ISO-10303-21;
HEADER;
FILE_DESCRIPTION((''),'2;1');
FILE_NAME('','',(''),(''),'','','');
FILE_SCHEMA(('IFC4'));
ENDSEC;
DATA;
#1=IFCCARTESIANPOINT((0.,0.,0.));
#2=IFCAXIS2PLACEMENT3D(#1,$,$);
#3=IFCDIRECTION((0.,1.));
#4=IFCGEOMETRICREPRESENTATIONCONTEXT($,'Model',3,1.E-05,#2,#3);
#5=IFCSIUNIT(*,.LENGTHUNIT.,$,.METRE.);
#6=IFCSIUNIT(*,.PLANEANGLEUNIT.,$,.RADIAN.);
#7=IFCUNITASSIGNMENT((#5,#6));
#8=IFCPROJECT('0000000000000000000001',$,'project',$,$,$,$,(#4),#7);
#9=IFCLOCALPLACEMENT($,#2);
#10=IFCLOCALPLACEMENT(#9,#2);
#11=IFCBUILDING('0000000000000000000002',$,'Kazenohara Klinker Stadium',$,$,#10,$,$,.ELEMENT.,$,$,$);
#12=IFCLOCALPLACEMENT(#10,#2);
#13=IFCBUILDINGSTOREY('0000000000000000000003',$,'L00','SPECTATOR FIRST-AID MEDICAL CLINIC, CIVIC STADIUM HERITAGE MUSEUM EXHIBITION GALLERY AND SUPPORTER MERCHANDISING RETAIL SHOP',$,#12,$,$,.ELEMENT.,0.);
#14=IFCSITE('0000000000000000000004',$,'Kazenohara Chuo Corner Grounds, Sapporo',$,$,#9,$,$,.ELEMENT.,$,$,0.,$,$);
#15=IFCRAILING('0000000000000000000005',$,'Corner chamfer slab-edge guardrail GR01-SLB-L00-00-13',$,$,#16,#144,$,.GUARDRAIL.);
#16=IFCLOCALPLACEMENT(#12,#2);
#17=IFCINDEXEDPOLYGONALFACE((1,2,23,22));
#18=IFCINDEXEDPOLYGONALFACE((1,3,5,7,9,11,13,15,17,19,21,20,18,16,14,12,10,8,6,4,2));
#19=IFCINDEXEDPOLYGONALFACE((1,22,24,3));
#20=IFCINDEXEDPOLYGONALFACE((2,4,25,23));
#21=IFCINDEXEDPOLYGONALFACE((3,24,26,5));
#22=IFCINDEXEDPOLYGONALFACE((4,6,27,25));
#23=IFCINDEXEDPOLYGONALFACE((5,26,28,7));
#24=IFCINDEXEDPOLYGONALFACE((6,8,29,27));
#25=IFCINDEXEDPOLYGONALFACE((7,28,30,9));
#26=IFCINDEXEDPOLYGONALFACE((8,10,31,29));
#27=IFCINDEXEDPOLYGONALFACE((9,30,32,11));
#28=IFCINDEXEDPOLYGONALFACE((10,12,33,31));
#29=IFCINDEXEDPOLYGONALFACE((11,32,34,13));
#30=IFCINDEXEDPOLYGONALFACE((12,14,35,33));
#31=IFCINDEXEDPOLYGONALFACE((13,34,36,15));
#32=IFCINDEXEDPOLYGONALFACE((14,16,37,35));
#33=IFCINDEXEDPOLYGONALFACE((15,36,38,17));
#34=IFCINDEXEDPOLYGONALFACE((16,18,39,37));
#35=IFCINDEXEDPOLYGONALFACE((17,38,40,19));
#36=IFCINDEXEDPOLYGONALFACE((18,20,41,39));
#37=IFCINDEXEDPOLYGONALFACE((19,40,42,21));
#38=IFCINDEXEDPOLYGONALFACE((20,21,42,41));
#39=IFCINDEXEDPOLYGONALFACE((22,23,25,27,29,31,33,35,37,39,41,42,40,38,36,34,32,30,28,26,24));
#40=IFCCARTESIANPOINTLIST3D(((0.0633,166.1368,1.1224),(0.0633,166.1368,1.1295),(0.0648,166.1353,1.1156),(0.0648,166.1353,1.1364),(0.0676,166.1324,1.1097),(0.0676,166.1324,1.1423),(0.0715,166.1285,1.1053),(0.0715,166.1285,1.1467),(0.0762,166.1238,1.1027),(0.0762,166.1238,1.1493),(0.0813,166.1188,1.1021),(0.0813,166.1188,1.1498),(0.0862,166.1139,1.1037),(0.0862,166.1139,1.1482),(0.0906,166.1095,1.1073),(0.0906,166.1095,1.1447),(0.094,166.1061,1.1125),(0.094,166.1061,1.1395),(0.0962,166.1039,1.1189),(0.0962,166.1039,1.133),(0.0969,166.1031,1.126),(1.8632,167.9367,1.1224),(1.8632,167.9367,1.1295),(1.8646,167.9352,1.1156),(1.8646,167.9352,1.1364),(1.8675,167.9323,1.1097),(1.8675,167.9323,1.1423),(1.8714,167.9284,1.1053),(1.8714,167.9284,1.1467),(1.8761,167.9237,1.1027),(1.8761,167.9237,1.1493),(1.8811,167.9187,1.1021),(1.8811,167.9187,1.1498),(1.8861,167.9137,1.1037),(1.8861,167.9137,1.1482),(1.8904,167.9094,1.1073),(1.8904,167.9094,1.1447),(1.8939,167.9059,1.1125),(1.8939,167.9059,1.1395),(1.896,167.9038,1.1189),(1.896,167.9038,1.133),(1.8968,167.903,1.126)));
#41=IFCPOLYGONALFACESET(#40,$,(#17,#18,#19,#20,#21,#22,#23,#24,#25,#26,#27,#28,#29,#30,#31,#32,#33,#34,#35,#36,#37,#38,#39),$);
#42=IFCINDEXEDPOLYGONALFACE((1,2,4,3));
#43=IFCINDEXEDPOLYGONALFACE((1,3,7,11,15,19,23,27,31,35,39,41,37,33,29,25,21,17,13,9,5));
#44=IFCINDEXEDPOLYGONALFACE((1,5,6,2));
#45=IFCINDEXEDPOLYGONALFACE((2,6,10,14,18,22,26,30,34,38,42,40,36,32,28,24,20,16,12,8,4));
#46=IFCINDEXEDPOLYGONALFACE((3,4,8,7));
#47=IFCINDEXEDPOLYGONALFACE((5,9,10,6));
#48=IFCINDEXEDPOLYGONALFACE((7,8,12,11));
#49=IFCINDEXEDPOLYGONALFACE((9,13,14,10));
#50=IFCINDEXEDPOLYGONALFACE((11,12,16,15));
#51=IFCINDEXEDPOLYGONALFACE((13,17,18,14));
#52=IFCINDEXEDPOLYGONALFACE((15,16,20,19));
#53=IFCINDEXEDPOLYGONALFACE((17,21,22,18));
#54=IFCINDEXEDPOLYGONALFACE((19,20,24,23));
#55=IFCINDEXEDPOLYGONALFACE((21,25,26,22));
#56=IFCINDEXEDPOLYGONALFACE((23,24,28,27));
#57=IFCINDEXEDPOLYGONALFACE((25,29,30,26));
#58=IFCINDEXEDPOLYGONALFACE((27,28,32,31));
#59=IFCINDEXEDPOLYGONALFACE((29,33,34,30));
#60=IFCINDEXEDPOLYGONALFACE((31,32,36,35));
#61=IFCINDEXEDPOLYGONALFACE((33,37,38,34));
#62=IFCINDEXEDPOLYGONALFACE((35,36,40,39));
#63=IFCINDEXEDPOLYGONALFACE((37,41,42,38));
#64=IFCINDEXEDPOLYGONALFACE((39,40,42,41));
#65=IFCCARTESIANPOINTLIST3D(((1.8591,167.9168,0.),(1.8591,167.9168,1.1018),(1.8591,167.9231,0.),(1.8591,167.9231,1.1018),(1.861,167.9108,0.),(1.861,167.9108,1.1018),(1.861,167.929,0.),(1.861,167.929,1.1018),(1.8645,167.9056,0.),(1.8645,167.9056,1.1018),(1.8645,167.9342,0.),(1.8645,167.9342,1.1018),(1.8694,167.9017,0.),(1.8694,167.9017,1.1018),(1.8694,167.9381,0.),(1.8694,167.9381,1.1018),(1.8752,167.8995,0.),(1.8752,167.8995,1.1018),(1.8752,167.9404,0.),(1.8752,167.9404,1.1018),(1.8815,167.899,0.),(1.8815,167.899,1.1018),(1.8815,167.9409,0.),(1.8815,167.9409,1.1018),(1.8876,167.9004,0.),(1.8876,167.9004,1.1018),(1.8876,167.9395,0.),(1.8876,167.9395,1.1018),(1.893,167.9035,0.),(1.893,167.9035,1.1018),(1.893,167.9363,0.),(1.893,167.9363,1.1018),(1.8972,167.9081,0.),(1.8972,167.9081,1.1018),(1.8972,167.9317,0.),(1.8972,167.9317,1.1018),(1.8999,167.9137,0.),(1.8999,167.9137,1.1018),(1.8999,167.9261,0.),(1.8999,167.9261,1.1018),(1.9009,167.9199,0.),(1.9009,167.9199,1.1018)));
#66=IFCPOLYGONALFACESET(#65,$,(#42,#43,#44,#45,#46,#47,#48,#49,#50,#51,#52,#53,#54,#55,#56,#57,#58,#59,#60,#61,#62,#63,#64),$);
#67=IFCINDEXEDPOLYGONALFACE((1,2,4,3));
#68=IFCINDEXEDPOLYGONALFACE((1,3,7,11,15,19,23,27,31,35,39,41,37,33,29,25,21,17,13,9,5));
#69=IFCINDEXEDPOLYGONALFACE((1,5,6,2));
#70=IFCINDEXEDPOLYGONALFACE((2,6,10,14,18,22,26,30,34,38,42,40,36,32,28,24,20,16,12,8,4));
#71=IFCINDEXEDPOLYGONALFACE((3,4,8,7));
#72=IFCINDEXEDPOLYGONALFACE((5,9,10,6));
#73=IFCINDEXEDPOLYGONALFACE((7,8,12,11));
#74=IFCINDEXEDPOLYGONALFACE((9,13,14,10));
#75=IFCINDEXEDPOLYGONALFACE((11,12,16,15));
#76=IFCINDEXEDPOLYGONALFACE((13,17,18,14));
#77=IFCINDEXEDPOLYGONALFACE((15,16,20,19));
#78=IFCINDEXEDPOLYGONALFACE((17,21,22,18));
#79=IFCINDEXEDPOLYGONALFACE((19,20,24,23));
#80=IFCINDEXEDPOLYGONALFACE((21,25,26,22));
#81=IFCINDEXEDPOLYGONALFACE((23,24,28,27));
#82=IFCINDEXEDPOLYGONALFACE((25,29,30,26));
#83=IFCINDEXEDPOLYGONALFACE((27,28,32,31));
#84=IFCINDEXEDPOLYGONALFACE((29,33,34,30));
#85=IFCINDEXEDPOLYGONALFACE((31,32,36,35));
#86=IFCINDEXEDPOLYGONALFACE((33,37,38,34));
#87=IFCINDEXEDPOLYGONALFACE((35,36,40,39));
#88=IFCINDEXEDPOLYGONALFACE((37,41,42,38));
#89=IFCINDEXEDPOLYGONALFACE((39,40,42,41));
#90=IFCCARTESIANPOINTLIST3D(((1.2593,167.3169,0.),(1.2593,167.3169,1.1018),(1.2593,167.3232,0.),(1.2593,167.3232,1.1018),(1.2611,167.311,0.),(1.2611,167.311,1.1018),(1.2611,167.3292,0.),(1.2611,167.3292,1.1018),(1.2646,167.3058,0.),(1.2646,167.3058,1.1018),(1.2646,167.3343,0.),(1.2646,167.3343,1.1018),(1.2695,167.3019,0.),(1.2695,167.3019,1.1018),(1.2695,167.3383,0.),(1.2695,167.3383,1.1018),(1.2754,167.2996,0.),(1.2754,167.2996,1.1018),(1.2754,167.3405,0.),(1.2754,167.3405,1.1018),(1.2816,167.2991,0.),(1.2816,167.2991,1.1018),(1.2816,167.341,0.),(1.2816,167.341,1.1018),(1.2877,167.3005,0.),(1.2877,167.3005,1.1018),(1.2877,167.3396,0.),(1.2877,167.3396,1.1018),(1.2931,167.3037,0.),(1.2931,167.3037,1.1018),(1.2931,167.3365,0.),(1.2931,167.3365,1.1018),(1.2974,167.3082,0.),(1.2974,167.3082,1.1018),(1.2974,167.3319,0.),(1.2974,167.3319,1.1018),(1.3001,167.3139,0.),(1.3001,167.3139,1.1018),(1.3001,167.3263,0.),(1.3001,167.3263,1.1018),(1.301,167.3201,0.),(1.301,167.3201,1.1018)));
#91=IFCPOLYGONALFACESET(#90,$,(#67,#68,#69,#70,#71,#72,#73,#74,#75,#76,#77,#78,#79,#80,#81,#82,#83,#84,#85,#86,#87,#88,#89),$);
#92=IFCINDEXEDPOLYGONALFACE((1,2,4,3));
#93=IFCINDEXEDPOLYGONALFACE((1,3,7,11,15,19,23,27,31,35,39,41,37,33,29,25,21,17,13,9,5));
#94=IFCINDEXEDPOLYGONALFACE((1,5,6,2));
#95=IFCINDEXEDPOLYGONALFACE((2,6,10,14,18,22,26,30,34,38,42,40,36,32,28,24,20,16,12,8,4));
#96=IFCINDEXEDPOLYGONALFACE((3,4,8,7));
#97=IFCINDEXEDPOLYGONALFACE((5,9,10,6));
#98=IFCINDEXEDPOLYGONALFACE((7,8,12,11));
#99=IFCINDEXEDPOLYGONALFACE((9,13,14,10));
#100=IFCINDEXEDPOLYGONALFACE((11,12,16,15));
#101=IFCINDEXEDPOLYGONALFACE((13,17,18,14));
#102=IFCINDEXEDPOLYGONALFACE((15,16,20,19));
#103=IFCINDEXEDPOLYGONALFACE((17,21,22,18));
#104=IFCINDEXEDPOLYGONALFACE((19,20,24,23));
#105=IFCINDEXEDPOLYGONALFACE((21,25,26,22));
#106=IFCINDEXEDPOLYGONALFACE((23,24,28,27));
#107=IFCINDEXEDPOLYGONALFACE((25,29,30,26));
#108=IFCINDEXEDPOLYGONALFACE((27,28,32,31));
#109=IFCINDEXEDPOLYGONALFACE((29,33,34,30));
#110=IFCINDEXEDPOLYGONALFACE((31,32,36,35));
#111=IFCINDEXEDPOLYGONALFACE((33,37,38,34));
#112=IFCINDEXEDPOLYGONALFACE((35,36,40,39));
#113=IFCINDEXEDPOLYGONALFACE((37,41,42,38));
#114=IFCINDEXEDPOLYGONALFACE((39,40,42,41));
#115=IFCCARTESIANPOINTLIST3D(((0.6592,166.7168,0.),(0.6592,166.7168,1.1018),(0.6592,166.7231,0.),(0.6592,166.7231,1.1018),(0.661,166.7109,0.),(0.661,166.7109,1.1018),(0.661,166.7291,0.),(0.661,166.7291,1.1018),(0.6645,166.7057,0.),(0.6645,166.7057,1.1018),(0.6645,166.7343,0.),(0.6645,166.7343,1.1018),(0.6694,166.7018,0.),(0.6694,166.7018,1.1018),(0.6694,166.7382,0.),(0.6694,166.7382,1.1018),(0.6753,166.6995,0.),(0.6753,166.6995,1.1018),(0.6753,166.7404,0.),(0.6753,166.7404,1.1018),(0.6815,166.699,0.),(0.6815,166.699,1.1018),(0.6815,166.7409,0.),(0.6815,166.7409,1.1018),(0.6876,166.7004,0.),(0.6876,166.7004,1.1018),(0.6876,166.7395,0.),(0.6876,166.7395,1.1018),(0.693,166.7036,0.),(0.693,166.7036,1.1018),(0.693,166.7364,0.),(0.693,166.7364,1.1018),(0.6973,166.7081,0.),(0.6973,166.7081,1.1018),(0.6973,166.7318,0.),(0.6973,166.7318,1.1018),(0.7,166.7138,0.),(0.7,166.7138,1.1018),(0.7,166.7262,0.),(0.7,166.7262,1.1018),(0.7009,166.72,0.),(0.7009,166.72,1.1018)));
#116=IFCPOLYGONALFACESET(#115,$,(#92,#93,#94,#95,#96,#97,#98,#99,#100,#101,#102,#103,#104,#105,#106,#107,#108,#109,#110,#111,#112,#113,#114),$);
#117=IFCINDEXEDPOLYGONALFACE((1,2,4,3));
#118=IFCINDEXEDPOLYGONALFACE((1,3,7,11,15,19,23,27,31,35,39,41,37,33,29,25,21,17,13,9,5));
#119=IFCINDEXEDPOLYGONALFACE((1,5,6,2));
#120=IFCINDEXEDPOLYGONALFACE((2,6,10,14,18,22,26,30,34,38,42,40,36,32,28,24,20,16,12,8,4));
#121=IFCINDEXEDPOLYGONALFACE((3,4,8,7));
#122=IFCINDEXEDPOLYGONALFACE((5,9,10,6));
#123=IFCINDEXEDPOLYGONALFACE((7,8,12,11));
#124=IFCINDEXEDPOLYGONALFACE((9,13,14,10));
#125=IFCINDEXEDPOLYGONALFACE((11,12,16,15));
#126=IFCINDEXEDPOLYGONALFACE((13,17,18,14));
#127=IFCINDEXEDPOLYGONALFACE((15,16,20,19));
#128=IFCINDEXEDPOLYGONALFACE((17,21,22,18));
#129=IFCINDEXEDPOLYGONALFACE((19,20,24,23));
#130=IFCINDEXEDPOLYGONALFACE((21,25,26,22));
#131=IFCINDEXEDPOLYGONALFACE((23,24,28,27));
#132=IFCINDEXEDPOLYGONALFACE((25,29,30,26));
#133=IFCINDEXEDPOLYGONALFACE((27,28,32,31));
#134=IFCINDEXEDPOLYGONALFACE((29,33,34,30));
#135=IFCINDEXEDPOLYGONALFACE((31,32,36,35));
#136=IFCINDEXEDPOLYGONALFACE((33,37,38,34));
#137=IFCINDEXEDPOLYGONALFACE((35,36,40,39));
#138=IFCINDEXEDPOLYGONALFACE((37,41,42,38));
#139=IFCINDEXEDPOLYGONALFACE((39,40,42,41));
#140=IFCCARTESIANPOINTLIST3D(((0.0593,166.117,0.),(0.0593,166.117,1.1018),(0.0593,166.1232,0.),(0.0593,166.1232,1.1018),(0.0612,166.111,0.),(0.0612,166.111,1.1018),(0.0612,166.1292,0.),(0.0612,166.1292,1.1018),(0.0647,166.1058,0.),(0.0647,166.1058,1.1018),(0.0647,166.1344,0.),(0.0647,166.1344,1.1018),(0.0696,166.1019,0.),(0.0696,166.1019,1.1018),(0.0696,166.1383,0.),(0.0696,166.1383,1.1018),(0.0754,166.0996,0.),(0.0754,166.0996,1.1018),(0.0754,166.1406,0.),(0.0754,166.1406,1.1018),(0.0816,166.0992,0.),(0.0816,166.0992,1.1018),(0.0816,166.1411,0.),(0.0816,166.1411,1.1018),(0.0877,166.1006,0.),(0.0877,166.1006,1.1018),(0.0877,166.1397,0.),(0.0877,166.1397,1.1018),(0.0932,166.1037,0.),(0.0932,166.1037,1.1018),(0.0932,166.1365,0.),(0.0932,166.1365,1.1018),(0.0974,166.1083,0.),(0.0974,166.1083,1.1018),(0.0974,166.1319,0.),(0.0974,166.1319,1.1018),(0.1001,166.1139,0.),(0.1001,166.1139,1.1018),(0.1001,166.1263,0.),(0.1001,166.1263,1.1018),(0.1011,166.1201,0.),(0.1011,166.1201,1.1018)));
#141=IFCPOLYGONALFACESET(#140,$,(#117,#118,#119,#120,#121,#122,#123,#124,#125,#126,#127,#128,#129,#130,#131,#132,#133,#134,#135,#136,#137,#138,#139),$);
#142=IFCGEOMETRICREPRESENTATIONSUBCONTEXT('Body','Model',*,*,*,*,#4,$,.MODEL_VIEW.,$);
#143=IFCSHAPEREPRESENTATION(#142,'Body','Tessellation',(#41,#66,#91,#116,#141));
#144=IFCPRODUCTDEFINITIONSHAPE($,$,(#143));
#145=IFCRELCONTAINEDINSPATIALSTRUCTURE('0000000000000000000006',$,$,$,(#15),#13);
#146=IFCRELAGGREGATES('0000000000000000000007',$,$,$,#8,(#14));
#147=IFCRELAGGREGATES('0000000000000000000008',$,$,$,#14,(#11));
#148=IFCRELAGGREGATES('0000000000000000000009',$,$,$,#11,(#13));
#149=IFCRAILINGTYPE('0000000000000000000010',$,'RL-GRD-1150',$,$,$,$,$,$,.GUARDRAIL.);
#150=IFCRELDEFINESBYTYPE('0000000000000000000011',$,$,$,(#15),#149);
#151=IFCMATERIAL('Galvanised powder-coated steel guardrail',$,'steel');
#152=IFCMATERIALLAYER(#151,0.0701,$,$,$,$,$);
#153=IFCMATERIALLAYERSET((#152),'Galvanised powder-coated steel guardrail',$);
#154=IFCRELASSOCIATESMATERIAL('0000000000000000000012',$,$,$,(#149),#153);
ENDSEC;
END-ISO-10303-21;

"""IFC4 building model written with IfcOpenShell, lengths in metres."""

from ifc_helpers import new_model, si_unit, direction, frame, origin, origin_2d, place, context, subcontext, project, spatial, circle, extrude, material, layer, layer_set, type_object, element, save


model = new_model("IFC4")

# Units and contexts
model_context = context("Model", 3, precision=1e-05, world=origin(), true_north=direction((0.0, 1.0)))
body_context = subcontext(model_context, "Body", "Model", "MODEL_VIEW")
ifc_project = project(units=[si_unit("LENGTHUNIT", "METRE"), si_unit("PLANEANGLEUNIT", "RADIAN")], contexts=[model_context])

# Site, building, storey
site_placement = place(None, origin())
site = spatial("IfcSite", under=ifc_project, at=site_placement, Name="Kazenohara Chuo Corner Grounds, Sapporo", CompositionType="ELEMENT", RefElevation=0.0)
building_placement = place(site_placement, origin())
building = spatial("IfcBuilding", under=site, at=building_placement, Name="Kazenohara Klinker Stadium", CompositionType="ELEMENT")
storey_placement = place(building_placement, origin())
storey = spatial("IfcBuildingStorey", under=building, at=storey_placement, Name="L00", Description="SPECTATOR FIRST-AID MEDICAL CLINIC, CIVIC STADIUM HERITAGE MUSEUM EXHIBITION GALLERY AND SUPPORTER MERCHANDISING RETAIL SHOP", CompositionType="ELEMENT", Elevation=0.0)

# Railing
ifc_material_1 = material(Name="Galvanised powder-coated steel guardrail", Category="steel")
ifc_layer_1 = layer(ifc_material_1, 0.0701)
ifc_layer_set_1 = layer_set([ifc_layer_1], Name="Galvanised powder-coated steel guardrail")
railing_type_1 = type_object("IfcRailingType", Name="RL-GRD-1150", PredefinedType="GUARDRAIL", material=ifc_layer_set_1)
railing_1_placement = place(storey_placement, frame((1.8799, 167.9199, 0.0)))
element("IfcRailing", 1, at=railing_1_placement, inside=storey, type_object=railing_type_1, Name="Corner chamfer slab-edge guardrail GR01-SLB-L00-00-13", PredefinedType="GUARDRAIL", context=body_context, shape_type="SweptSolid", body=[
    extrude(circle(Radius=0.0239, at=origin_2d()), frame((0.0, 0.0, 1.126), z_axis=(-0.707107, -0.707107, 0.0), x_axis=(0.707107, -0.707107, 0.0)), (0.0, 0.0, 1.0), 2.5454),
    extrude(circle(Radius=0.021, at=origin_2d()), origin(), (0.0, 0.0, 1.0), 1.1018),
    extrude(circle(Radius=0.021, at=origin_2d()), frame((-0.5999, -0.5999, 0.0)), (0.0, 0.0, 1.0), 1.1018),
    extrude(circle(Radius=0.021, at=origin_2d()), frame((-1.2, -1.2, 0.0)), (0.0, 0.0, 1.0), 1.1018),
    extrude(circle(Radius=0.021, at=origin_2d()), frame((-1.7998, -1.7998, 0.0)), (0.0, 0.0, 1.0), 1.1018),
])

save(model, "model.ifc")
